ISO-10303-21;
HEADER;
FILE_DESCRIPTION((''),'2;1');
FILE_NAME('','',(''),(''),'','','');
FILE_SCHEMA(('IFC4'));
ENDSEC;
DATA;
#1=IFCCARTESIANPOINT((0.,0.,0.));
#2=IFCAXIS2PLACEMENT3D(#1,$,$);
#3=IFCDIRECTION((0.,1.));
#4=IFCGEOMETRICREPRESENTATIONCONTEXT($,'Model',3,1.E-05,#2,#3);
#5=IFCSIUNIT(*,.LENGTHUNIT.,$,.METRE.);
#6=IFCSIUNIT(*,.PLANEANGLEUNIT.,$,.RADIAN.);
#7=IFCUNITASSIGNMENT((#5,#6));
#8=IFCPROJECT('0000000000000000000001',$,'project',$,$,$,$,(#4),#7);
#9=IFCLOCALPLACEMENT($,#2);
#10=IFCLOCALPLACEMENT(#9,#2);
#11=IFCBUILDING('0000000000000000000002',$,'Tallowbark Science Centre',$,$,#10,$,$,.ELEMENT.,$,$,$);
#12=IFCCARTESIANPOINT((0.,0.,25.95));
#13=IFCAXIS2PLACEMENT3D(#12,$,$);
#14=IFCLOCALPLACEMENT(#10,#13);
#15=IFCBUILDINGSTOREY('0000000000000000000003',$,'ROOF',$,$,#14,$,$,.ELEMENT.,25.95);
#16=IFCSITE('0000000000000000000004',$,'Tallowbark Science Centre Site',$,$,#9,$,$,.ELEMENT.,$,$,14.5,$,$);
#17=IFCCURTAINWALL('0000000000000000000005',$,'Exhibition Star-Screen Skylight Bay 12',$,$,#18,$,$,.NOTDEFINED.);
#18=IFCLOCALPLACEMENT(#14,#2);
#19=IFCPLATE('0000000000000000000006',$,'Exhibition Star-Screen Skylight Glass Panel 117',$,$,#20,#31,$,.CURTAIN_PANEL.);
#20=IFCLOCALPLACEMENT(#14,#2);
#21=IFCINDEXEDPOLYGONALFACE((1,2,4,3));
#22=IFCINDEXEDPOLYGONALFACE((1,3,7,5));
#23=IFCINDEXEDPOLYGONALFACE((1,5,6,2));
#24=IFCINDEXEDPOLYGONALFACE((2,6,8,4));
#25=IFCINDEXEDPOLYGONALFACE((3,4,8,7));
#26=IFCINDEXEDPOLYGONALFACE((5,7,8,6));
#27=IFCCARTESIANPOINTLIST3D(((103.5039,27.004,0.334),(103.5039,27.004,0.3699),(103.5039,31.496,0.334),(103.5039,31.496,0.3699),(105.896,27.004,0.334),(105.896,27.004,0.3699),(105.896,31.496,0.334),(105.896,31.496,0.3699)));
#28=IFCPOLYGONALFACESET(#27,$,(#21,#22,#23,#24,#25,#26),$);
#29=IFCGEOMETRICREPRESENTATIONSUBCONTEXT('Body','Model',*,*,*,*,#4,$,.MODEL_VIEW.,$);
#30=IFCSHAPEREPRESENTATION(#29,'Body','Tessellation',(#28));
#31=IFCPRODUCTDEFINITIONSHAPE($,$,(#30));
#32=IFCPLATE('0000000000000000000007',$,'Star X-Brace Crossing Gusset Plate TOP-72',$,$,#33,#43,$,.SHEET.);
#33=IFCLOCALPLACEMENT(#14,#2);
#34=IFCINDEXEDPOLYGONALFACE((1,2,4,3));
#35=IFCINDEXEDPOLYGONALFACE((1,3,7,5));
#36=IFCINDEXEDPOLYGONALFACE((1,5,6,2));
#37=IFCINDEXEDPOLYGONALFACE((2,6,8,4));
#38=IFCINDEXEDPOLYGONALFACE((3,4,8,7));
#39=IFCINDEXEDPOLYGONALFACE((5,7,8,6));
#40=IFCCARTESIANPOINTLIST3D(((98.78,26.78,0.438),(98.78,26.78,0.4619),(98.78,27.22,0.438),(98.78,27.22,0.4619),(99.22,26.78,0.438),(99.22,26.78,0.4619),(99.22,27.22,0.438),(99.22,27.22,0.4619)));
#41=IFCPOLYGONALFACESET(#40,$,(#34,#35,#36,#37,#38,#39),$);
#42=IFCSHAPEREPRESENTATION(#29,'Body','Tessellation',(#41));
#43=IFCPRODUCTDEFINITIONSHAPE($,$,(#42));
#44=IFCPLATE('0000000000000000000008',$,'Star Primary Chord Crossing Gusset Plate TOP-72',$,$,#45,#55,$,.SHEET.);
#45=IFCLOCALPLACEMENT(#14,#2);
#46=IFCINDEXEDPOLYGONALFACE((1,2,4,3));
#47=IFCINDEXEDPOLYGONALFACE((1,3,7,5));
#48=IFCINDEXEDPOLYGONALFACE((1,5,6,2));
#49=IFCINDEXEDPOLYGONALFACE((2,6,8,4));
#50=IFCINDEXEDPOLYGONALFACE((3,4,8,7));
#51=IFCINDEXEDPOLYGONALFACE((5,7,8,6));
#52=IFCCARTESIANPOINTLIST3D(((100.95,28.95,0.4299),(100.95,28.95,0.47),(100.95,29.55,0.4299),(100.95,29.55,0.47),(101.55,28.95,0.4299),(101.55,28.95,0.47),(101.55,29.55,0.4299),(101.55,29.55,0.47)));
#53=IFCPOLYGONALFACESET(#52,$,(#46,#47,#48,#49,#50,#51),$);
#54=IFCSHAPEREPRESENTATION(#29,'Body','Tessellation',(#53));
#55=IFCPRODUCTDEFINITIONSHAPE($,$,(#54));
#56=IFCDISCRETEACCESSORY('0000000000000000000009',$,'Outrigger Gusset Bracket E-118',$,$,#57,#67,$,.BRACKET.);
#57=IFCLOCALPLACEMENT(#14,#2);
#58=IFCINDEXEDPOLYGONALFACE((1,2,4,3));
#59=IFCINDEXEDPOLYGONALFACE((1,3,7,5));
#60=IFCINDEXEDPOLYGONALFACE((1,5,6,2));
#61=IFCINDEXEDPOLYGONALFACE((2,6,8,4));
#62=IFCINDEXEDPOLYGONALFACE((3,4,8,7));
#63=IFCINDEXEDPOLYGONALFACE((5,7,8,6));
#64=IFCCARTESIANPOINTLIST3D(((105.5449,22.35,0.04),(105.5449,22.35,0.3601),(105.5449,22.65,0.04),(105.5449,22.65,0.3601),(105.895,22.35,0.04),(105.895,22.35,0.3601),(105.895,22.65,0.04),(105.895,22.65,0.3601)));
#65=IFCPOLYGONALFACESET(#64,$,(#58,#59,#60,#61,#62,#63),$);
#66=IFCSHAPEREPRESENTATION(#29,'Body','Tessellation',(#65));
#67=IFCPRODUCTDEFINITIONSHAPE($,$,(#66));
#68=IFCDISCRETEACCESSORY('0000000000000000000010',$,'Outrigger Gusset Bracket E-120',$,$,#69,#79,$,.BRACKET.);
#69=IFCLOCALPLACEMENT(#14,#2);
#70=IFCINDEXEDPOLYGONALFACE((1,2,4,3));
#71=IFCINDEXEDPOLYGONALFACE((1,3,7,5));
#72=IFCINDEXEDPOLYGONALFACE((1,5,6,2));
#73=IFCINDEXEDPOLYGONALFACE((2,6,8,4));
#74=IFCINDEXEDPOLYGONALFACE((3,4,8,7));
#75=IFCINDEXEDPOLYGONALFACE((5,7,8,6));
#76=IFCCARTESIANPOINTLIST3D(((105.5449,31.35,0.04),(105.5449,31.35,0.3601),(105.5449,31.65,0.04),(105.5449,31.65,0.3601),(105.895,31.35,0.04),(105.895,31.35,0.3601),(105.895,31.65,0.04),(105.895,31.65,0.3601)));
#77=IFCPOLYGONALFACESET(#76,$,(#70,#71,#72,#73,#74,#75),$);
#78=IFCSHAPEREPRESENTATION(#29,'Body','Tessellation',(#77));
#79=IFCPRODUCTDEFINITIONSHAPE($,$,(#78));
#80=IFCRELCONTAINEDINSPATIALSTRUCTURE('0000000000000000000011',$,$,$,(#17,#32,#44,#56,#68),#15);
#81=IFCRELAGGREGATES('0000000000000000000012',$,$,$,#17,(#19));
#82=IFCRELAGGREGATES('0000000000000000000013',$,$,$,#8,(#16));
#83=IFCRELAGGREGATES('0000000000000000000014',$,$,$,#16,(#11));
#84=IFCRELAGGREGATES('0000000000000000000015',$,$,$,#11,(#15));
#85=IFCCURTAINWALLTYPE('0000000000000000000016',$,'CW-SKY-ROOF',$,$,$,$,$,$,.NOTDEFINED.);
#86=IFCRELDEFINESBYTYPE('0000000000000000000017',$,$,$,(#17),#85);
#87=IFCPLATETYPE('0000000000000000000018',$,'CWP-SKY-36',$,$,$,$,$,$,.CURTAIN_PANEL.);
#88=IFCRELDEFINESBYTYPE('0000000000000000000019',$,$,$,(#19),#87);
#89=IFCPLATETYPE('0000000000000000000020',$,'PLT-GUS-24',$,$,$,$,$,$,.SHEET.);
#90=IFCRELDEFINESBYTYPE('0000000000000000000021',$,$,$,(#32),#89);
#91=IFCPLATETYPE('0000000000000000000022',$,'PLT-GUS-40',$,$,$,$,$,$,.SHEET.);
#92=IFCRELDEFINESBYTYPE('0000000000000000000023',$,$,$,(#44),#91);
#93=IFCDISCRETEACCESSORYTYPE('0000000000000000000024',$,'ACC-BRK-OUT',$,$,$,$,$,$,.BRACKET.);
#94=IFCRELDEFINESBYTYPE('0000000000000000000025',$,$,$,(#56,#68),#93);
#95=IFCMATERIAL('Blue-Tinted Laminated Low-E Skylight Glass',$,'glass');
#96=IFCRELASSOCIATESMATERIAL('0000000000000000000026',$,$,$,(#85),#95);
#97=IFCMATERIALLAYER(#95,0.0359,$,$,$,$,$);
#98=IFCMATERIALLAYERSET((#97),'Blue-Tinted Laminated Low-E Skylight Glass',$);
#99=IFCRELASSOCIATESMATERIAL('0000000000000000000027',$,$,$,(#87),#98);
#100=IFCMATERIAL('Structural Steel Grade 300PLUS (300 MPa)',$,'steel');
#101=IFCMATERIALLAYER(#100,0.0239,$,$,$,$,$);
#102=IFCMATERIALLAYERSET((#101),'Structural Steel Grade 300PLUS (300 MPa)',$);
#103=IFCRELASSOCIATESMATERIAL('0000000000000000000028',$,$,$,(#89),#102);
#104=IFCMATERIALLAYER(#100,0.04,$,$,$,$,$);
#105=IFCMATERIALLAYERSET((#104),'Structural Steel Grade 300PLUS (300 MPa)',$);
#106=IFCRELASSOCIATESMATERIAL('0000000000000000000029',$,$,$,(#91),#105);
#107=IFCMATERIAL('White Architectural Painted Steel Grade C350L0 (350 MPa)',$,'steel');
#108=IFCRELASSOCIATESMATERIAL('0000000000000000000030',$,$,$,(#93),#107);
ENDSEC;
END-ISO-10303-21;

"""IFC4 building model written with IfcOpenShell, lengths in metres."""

from ifc_helpers import new_model, si_unit, direction, frame, origin, origin_2d, place, context, subcontext, project, spatial, rectangle, extrude, material, layer, layer_set, type_object, element, aggregate, save


model = new_model("IFC4")

# Units and contexts
model_context = context("Model", 3, precision=1e-05, world=origin(), true_north=direction((0.0, 1.0)))
body_context = subcontext(model_context, "Body", "Model", "MODEL_VIEW")
ifc_project = project(units=[si_unit("LENGTHUNIT", "METRE"), si_unit("PLANEANGLEUNIT", "RADIAN")], contexts=[model_context])

# Site, building, storey
site_placement = place(None, origin())
site = spatial("IfcSite", under=ifc_project, at=site_placement, Name="Tallowbark Science Centre Site", CompositionType="ELEMENT", RefElevation=14.5)
building_placement = place(site_placement, origin())
building = spatial("IfcBuilding", under=site, at=building_placement, Name="Tallowbark Science Centre", CompositionType="ELEMENT")
storey_placement = place(building_placement, frame((0.0, 0.0, 25.95)))
storey = spatial("IfcBuildingStorey", under=building, at=storey_placement, Name="ROOF", CompositionType="ELEMENT", Elevation=25.95)

# Shared definitions
ifc_material_1 = material(Name="White Architectural Painted Steel Grade C350L0 (350 MPa)", Category="steel")

# Curtain wall
ifc_material_2 = material(Name="Blue-Tinted Laminated Low-E Skylight Glass", Category="glass")
curtain_wall_type = type_object("IfcCurtainWallType", Name="CW-SKY-ROOF", PredefinedType="NOTDEFINED", material=ifc_material_2)
curtain_wall_1_placement = place(storey_placement, origin())
curtain_wall_1 = element("IfcCurtainWall", 1, at=curtain_wall_1_placement, inside=storey, type_object=curtain_wall_type, Name="Exhibition Star-Screen Skylight Bay 12", PredefinedType="NOTDEFINED")

# Plate
ifc_layer_1 = layer(ifc_material_2, 0.0359)
ifc_layer_set_1 = layer_set([ifc_layer_1], Name="Blue-Tinted Laminated Low-E Skylight Glass")
plate_type_1 = type_object("IfcPlateType", Name="CWP-SKY-36", PredefinedType="CURTAIN_PANEL", material=ifc_layer_set_1)
plate_1_placement = place(storey_placement, frame((104.7, 29.25, 0.334), z_axis=(0.0, 0.0, 1.0), x_axis=(1.0, 0.0, 0.0)))
plate_1 = element("IfcPlate", 2, at=plate_1_placement, type_object=plate_type_1, Name="Exhibition Star-Screen Skylight Glass Panel 117", PredefinedType="CURTAIN_PANEL", context=body_context, shape_type="SweptSolid", body=[
    extrude(rectangle(XDim=2.3921, YDim=4.4919, at=origin_2d()), origin(), (0.0, 0.0, 1.0), 0.0359),
])
aggregate(curtain_wall_1, [plate_1])

# Plates
ifc_material_3 = material(Name="Structural Steel Grade 300PLUS (300 MPa)", Category="steel")
ifc_layer_2 = layer(ifc_material_3, 0.0239)
ifc_layer_set_2 = layer_set([ifc_layer_2], Name="Structural Steel Grade 300PLUS (300 MPa)")
plate_type_2 = type_object("IfcPlateType", Name="PLT-GUS-24", PredefinedType="SHEET", material=ifc_layer_set_2)
plate_2_placement = place(storey_placement, frame((99.0, 27.0, 0.438), z_axis=(0.0, 0.0, 1.0), x_axis=(1.0, 0.0, 0.0)))
element("IfcPlate", 3, at=plate_2_placement, inside=storey, type_object=plate_type_2, Name="Star X-Brace Crossing Gusset Plate TOP-72", PredefinedType="SHEET", context=body_context, shape_type="SweptSolid", body=[
    extrude(rectangle(XDim=0.4399, YDim=0.4399, at=origin_2d()), origin(), (0.0, 0.0, 1.0), 0.0239),
])
ifc_layer_3 = layer(ifc_material_3, 0.04)
ifc_layer_set_3 = layer_set([ifc_layer_3], Name="Structural Steel Grade 300PLUS (300 MPa)")
plate_type_3 = type_object("IfcPlateType", Name="PLT-GUS-40", PredefinedType="SHEET", material=ifc_layer_set_3)
plate_3_placement = place(storey_placement, frame((101.25, 29.25, 0.4299), z_axis=(0.0, 0.0, 1.0), x_axis=(1.0, 0.0, 0.0)))
element("IfcPlate", 4, at=plate_3_placement, inside=storey, type_object=plate_type_3, Name="Star Primary Chord Crossing Gusset Plate TOP-72", PredefinedType="SHEET", context=body_context, shape_type="SweptSolid", body=[
    extrude(rectangle(XDim=0.6001, YDim=0.6001, at=origin_2d()), origin(), (0.0, 0.0, 1.0), 0.04),
])

# Discrete accessories
discrete_accessory_type = type_object("IfcDiscreteAccessoryType", Name="ACC-BRK-OUT", PredefinedType="BRACKET", material=ifc_material_1)
for number, where, z_axis, x_axis, name in (
    (5, (105.72, 22.5, 0.04), (0.0, 0.0, 1.0), (1.0, 0.0, 0.0), "Outrigger Gusset Bracket E-118"),
    (6, (105.72, 31.5, 0.04), (0.0, 0.0, 1.0), (1.0, 0.0, 0.0), "Outrigger Gusset Bracket E-120"),
):
    element("IfcDiscreteAccessory", number, at=place(storey_placement, frame(where, z_axis=z_axis, x_axis=x_axis)), inside=storey, type_object=discrete_accessory_type, Name=name, PredefinedType="BRACKET", context=body_context, shape_type="SweptSolid", body=[
        extrude(rectangle(XDim=0.3501, YDim=0.3, at=origin_2d()), origin(), (0.0, 0.0, 1.0), 0.3201),
    ])

save(model, "model.ifc")
